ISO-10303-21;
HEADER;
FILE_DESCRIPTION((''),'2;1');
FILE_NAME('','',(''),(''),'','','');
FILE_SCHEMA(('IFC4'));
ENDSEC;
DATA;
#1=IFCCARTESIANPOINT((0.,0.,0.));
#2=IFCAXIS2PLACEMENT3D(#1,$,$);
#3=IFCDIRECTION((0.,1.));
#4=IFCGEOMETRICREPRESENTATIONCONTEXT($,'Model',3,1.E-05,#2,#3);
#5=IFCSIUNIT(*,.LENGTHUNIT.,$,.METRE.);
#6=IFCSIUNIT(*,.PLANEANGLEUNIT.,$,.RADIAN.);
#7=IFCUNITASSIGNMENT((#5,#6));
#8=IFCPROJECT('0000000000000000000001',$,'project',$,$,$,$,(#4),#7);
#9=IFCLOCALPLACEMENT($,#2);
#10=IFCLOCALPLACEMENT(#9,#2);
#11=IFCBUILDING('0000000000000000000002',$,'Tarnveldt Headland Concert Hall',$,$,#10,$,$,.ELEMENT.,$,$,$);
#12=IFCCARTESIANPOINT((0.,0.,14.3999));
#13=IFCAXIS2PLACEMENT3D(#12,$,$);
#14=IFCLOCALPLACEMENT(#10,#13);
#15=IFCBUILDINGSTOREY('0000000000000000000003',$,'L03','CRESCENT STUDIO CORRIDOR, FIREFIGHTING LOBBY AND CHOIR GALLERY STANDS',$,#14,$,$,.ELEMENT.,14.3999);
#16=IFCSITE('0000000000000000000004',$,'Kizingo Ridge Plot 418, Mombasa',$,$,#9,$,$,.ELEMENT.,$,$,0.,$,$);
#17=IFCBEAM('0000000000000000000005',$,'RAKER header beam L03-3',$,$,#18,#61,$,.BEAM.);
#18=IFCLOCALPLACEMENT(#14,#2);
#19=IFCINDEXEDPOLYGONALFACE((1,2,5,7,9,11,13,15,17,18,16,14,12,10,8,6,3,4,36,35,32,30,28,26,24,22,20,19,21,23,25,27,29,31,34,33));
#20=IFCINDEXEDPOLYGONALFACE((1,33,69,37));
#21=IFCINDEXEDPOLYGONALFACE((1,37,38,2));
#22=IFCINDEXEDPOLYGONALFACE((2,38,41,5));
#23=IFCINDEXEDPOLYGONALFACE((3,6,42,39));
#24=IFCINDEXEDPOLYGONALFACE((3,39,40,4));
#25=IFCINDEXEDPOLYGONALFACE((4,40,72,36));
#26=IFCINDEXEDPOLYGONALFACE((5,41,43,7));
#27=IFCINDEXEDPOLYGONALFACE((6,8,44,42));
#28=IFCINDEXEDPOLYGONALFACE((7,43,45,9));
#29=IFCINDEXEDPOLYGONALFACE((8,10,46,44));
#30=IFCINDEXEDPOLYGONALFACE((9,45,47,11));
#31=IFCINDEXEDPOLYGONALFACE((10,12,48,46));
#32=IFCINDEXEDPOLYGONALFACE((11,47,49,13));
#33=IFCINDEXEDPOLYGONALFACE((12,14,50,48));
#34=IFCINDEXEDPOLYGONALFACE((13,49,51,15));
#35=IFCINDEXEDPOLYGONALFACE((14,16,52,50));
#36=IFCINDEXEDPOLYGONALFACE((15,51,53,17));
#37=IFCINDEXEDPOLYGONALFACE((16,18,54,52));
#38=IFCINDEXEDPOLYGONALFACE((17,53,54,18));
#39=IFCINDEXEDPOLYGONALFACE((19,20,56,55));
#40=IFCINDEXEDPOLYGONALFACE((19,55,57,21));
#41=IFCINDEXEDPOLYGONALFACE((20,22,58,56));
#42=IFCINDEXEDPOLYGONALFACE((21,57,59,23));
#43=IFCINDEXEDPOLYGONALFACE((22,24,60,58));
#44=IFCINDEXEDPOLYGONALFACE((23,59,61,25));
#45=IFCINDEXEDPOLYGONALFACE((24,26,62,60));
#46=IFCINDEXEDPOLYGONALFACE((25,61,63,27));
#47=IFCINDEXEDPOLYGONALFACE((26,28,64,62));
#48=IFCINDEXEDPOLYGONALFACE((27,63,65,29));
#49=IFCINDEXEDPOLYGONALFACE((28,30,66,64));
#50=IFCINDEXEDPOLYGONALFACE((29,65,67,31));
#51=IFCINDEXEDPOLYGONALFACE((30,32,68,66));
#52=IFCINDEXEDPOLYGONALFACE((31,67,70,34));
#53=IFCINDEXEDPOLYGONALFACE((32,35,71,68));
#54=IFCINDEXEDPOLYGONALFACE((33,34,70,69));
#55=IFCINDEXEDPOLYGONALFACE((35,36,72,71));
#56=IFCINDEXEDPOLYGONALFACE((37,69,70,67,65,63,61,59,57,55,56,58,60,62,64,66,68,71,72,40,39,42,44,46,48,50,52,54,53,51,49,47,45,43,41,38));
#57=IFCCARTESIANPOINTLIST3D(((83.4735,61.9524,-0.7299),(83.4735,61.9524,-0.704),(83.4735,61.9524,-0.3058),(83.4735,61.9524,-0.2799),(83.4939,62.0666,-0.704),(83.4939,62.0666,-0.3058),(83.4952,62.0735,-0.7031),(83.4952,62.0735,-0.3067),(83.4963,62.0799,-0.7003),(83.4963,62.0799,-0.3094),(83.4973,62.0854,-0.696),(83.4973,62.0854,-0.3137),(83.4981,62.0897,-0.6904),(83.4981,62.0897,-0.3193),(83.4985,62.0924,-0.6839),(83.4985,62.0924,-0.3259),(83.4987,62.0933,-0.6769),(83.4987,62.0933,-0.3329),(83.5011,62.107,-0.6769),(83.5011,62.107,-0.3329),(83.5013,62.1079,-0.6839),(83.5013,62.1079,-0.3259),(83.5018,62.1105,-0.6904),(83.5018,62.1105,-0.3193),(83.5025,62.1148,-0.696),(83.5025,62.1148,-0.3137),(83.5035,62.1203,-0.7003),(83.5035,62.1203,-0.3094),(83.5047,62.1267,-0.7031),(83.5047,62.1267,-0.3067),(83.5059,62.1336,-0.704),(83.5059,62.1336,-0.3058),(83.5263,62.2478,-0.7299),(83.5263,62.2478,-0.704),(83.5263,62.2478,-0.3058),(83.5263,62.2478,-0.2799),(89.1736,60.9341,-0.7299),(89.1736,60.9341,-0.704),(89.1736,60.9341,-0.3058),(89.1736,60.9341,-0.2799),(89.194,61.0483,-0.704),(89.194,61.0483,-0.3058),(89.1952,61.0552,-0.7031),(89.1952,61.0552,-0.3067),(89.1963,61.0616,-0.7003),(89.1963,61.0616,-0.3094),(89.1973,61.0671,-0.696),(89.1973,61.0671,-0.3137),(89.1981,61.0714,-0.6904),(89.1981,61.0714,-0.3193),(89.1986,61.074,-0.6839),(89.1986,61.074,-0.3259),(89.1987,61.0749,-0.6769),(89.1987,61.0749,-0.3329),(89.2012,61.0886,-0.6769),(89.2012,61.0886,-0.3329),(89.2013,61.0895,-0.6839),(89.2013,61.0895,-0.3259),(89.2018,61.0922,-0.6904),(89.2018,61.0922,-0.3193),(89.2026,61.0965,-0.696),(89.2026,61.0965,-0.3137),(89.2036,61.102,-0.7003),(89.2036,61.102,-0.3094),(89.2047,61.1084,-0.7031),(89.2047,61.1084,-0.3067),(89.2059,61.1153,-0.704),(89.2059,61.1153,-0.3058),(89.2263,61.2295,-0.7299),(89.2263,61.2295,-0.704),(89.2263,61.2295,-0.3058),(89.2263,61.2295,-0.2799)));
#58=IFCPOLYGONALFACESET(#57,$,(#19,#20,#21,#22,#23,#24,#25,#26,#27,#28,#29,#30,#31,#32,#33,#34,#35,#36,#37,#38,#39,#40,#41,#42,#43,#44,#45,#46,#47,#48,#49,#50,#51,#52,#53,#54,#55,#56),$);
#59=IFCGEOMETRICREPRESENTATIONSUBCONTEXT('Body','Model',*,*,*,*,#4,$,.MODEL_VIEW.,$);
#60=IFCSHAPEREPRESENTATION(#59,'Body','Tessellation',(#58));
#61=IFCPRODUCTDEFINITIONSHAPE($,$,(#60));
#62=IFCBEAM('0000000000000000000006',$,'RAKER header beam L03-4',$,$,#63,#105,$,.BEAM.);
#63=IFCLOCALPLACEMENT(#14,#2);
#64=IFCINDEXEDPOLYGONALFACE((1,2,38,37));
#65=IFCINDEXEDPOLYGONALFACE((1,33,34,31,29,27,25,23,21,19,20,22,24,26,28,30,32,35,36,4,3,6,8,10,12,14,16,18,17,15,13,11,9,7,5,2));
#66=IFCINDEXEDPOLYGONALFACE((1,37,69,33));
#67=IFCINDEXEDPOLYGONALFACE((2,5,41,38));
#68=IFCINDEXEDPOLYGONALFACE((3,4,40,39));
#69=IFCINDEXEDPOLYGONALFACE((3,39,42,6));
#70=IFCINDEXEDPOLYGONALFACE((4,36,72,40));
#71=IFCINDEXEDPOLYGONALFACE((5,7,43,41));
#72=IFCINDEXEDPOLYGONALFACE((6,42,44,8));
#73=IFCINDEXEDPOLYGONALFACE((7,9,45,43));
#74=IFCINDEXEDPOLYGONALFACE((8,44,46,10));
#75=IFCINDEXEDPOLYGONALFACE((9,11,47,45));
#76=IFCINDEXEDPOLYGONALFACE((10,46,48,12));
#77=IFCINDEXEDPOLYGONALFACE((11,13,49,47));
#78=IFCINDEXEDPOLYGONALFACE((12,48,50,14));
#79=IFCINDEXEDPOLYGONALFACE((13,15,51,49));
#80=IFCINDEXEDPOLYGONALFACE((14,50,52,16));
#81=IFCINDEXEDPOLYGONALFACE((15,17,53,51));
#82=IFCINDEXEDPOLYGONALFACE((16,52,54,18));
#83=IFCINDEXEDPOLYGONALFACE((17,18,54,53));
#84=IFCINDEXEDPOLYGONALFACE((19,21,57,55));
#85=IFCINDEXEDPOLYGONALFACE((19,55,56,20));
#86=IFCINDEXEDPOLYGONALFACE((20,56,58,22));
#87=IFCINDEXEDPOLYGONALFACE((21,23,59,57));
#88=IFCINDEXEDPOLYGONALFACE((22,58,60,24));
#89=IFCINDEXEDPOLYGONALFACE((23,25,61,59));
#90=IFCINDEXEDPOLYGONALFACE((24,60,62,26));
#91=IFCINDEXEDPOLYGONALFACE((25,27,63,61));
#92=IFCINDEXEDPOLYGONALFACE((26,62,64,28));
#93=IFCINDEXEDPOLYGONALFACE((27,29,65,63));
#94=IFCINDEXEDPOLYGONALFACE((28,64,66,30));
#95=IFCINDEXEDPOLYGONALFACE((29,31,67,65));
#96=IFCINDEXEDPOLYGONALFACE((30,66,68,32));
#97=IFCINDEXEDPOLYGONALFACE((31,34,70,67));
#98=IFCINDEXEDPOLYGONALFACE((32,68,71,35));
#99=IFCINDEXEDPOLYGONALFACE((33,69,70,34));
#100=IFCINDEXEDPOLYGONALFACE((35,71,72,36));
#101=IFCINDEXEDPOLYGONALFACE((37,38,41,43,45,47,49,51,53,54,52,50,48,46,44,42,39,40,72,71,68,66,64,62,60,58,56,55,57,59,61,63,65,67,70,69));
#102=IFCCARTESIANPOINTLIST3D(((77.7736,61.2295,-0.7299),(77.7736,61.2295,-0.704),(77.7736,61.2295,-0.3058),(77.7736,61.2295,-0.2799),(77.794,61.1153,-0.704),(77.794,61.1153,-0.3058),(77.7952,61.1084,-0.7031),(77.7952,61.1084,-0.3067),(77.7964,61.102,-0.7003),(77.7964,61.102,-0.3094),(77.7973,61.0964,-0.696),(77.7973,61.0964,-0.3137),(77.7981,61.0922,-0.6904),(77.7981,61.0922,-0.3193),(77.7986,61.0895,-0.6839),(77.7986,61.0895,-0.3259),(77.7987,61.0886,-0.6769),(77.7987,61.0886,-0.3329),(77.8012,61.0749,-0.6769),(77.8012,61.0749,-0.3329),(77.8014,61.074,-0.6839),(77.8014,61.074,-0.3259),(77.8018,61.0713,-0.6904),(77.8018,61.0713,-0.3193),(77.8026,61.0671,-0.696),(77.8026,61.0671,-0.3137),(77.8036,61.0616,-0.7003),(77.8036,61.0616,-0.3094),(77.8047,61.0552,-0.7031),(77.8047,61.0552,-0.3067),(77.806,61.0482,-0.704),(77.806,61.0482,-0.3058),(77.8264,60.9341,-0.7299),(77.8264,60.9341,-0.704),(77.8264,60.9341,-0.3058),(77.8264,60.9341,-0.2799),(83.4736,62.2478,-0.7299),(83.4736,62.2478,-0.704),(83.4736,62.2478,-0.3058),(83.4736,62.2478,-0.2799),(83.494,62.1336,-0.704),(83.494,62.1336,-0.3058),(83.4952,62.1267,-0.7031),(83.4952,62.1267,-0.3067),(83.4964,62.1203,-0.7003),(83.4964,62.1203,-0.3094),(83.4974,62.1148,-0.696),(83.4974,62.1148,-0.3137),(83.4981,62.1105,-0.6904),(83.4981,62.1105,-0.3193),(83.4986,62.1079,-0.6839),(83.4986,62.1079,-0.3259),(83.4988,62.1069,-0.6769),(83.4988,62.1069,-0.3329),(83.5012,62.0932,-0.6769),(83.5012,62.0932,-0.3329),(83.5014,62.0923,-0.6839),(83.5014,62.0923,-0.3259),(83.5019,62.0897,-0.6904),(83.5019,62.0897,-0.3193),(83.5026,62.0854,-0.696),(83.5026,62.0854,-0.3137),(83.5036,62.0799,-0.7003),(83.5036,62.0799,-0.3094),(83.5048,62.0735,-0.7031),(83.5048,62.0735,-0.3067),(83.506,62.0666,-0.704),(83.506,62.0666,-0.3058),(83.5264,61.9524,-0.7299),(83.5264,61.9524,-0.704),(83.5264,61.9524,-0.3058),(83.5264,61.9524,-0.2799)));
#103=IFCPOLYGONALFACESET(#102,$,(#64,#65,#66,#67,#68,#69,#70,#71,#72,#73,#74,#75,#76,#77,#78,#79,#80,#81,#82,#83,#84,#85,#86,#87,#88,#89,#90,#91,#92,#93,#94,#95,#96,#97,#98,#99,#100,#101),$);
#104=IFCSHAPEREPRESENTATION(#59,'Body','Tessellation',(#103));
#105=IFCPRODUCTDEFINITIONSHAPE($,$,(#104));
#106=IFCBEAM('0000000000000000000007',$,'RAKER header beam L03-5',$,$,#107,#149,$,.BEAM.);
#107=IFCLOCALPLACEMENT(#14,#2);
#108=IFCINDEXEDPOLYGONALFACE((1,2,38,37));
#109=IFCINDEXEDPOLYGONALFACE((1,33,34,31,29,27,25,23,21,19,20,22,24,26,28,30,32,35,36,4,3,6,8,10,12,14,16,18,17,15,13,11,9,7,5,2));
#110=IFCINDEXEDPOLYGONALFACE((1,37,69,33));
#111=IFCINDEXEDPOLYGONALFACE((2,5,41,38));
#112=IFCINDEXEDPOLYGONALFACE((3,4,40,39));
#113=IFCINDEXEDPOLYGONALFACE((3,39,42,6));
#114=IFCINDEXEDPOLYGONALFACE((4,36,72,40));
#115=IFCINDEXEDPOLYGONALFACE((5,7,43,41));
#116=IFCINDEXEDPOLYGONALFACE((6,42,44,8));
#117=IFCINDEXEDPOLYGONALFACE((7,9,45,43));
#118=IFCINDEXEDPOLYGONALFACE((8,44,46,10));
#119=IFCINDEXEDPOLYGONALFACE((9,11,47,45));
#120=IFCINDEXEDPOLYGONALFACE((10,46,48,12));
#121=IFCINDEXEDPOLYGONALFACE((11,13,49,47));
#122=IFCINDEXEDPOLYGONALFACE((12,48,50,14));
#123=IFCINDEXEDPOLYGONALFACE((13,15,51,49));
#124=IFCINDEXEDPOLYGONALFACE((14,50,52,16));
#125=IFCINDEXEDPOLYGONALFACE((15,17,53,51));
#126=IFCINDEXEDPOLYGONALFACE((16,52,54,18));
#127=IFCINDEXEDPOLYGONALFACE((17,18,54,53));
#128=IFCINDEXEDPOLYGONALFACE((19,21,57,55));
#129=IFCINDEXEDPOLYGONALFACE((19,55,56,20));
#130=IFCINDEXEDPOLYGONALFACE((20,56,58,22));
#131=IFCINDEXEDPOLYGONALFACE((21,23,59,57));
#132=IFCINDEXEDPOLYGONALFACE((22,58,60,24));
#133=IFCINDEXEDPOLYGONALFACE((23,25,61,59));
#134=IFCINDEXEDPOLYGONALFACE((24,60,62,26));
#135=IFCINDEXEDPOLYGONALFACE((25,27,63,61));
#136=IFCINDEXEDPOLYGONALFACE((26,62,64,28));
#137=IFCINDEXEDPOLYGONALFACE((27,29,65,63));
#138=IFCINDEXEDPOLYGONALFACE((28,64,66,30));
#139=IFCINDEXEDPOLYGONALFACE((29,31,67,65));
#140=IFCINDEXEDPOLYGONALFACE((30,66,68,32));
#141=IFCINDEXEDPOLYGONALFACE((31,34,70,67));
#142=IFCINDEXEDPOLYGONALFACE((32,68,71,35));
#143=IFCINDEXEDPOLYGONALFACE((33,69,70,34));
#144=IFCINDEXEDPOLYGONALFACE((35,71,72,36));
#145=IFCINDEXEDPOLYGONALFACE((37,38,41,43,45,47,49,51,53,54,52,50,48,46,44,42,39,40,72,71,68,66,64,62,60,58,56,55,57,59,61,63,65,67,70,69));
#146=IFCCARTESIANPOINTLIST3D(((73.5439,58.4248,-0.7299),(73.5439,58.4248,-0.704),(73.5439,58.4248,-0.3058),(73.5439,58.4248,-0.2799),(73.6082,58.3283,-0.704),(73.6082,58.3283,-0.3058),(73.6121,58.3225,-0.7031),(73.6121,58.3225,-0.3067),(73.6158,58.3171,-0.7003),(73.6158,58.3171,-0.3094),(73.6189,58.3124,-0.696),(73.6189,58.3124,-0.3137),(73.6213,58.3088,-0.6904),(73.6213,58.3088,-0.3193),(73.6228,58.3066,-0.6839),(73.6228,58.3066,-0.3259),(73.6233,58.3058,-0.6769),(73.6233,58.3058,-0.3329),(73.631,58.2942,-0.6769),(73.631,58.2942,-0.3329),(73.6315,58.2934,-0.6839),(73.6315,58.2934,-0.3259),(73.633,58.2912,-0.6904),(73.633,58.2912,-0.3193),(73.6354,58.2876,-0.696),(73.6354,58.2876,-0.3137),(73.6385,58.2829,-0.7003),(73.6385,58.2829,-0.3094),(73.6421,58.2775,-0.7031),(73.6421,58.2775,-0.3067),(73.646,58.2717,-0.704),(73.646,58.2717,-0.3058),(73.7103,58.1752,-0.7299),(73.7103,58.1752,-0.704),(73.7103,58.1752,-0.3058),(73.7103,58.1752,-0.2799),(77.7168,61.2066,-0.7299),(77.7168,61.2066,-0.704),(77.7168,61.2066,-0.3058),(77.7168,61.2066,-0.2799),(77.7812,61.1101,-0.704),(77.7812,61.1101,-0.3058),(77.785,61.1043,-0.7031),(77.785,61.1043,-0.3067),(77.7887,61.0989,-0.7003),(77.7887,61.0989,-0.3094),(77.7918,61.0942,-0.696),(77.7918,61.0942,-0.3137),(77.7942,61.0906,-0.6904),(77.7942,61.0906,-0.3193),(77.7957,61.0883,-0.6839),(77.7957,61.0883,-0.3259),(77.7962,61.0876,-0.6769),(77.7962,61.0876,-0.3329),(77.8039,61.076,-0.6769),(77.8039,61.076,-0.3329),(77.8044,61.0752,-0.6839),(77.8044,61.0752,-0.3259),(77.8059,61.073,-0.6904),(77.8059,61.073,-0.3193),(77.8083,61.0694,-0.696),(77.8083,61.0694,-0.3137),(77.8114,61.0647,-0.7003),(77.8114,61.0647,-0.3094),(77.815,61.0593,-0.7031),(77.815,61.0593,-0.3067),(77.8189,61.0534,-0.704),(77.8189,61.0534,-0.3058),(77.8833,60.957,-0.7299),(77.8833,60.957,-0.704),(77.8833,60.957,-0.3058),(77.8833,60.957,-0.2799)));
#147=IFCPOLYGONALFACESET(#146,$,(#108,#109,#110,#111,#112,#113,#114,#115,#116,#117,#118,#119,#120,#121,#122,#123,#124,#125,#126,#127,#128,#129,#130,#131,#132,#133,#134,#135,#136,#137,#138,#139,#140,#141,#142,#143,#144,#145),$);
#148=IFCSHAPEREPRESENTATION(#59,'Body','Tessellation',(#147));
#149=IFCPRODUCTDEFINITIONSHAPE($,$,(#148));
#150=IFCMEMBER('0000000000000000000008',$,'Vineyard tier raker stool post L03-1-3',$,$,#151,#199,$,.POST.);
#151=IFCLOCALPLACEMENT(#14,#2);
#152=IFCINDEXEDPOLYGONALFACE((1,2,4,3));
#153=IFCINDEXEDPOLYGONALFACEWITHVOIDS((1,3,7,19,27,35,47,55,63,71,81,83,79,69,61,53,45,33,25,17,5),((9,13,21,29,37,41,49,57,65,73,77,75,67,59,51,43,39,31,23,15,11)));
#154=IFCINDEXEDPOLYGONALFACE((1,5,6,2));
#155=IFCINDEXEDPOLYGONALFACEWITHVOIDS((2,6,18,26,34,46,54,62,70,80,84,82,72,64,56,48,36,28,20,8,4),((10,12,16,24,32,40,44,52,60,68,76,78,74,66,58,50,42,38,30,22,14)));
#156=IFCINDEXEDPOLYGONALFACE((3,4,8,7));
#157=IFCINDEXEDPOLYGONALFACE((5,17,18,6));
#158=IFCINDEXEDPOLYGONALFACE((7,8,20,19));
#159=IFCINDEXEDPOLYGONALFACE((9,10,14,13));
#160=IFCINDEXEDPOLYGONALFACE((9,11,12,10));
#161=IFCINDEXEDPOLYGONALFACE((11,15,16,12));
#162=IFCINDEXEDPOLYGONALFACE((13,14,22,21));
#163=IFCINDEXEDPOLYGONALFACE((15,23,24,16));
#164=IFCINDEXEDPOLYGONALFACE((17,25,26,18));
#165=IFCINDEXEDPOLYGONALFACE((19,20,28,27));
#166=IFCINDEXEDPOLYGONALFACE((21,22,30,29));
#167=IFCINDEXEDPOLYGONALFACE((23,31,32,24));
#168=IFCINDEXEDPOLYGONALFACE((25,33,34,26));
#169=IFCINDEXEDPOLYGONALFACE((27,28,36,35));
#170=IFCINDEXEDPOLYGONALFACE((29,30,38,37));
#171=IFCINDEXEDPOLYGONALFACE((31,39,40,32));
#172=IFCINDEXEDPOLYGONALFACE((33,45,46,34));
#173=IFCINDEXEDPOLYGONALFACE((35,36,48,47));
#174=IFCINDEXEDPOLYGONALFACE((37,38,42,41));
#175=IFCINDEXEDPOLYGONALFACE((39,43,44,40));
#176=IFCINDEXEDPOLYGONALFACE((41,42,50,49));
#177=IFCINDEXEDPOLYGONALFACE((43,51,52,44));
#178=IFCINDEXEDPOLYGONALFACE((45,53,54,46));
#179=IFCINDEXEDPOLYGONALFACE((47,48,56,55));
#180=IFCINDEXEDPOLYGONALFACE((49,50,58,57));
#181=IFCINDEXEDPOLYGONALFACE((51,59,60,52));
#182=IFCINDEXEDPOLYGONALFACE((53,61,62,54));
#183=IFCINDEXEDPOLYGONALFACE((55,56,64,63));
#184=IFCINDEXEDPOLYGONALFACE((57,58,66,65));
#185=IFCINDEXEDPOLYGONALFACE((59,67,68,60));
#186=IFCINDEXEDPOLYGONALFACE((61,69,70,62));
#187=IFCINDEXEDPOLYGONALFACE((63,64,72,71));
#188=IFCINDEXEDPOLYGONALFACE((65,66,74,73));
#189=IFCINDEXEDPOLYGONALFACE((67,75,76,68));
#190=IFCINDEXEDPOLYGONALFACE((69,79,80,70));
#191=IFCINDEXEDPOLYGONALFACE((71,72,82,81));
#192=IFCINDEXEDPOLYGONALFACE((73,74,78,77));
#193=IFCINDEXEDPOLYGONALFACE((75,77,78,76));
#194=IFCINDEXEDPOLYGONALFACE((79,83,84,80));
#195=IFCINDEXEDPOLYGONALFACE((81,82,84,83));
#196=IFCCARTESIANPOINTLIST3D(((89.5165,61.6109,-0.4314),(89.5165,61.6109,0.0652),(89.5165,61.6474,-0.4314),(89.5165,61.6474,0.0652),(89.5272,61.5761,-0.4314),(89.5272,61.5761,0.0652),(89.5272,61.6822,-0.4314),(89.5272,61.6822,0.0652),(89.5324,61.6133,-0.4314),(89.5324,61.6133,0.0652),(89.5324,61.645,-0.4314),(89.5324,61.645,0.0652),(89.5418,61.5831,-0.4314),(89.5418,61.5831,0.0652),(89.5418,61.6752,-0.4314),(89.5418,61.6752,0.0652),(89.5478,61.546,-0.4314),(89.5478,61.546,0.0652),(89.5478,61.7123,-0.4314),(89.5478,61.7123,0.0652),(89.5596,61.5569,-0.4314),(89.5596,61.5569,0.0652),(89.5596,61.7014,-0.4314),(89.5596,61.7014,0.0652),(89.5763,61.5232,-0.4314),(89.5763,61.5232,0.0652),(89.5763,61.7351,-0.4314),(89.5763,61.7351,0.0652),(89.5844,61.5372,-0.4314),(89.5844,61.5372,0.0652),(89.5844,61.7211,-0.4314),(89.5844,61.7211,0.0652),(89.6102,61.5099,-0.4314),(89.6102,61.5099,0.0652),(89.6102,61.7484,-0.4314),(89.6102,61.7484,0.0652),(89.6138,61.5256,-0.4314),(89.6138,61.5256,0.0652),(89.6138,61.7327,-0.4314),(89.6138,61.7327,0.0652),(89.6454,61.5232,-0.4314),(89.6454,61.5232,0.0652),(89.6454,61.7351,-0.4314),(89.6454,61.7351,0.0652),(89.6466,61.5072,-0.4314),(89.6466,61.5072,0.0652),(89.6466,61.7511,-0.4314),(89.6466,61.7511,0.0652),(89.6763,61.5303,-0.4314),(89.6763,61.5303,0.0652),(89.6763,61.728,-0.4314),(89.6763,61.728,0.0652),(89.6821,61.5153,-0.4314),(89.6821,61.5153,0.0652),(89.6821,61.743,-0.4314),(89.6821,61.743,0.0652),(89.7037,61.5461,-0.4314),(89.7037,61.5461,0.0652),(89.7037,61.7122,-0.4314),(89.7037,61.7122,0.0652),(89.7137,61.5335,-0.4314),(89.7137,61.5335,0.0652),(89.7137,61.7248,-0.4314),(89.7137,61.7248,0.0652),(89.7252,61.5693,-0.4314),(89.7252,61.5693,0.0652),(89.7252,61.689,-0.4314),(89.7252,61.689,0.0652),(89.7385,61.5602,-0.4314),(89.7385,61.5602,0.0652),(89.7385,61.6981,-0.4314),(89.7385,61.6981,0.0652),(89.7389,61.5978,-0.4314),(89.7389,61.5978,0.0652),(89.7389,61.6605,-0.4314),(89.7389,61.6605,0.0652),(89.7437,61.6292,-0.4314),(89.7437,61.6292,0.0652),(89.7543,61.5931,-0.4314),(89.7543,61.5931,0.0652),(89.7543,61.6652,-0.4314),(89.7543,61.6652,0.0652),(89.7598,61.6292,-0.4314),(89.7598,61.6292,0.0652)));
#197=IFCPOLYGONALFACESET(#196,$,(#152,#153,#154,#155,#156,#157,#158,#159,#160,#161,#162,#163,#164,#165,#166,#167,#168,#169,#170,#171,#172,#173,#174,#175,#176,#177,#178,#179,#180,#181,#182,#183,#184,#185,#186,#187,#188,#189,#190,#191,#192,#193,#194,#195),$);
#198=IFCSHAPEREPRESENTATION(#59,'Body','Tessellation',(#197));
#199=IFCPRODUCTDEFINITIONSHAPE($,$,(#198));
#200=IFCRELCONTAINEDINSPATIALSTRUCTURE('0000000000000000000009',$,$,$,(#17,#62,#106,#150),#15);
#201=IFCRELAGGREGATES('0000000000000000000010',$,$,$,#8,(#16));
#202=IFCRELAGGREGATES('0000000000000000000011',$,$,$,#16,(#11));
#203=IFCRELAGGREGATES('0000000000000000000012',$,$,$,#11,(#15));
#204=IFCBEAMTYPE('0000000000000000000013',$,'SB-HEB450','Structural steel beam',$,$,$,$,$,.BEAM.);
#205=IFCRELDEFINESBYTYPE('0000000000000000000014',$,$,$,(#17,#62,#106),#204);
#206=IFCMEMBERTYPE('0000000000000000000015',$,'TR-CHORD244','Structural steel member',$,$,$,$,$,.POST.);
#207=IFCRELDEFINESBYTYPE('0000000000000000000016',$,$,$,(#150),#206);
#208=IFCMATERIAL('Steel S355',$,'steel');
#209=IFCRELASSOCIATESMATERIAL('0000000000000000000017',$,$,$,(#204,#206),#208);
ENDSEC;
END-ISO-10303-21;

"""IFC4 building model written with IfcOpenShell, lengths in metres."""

from ifc_helpers import new_model, si_unit, direction, frame, origin, origin_2d, place, context, subcontext, project, spatial, hollow_circle, i_section, extrude, material, material_profile, profile_set, type_object, element, save


model = new_model("IFC4")

# Units and contexts
model_context = context("Model", 3, precision=1e-05, world=origin(), true_north=direction((0.0, 1.0)))
body_context = subcontext(model_context, "Body", "Model", "MODEL_VIEW")
ifc_project = project(units=[si_unit("LENGTHUNIT", "METRE"), si_unit("PLANEANGLEUNIT", "RADIAN")], contexts=[model_context])

# Site, building, storey
site_placement = place(None, origin())
site = spatial("IfcSite", under=ifc_project, at=site_placement, Name="Kizingo Ridge Plot 418, Mombasa", CompositionType="ELEMENT", RefElevation=0.0)
building_placement = place(site_placement, origin())
building = spatial("IfcBuilding", under=site, at=building_placement, Name="Tarnveldt Headland Concert Hall", CompositionType="ELEMENT")
storey_placement = place(building_placement, frame((0.0, 0.0, 14.3999)))
storey = spatial("IfcBuildingStorey", under=building, at=storey_placement, Name="L03", Description="CRESCENT STUDIO CORRIDOR, FIREFIGHTING LOBBY AND CHOIR GALLERY STANDS", CompositionType="ELEMENT", Elevation=14.3999)

# Beams
ifc_material_1 = material(Name="Steel S355", Category="steel")
ifc_material_profile_1 = material_profile(ifc_material_1, i_section(OverallWidth=0.3, OverallDepth=0.45, WebThickness=0.0139, FlangeThickness=0.0259, FilletRadius=0.0271, at=origin_2d()), Name="HEB450", Category="steel")
ifc_profile_set_1 = profile_set([ifc_material_profile_1], Name="Steel S355")
beam_type = type_object("IfcBeamType", Name="SB-HEB450", Description="Structural steel beam", PredefinedType="BEAM", material=ifc_profile_set_1)
for number, where, z_axis, x_axis, name in (
    (1, (89.2, 61.0818, -0.5049), (-0.984414, 0.175868, 0.0), (-0.175868, -0.984414, 0.0), "RAKER header beam L03-3"),
    (2, (83.5, 62.1001, -0.5049), (-0.984414, -0.175868, 0.0), (0.175868, -0.984414, 0.0), "RAKER header beam L03-4"),
):
    element("IfcBeam", number, at=place(storey_placement, frame(where, z_axis=z_axis, x_axis=x_axis)), inside=storey, type_object=beam_type, Name=name, PredefinedType="BEAM", context=body_context, shape_type="SweptSolid", body=[
        extrude(i_section(OverallWidth=0.3, OverallDepth=0.45, WebThickness=0.0139, FlangeThickness=0.0259, FilletRadius=0.0271, at=origin_2d()), origin(), (0.0, 0.0, 1.0), 5.7903),
    ])
beam_placement = place(storey_placement, frame((77.8, 61.0818, -0.5049), z_axis=(-0.832065, -0.554678, 0.0), x_axis=(0.554678, -0.832065, 0.0)))
element("IfcBeam", 3, at=beam_placement, inside=storey, type_object=beam_type, Name="RAKER header beam L03-5", PredefinedType="BEAM", context=body_context, shape_type="SweptSolid", body=[
    extrude(i_section(OverallWidth=0.3, OverallDepth=0.45, WebThickness=0.0139, FlangeThickness=0.0259, FilletRadius=0.0271, at=origin_2d()), origin(), (0.0, 0.0, 1.0), 5.0151),
])

# Member
ifc_material_profile_2 = material_profile(ifc_material_1, hollow_circle(Radius=0.1223, WallThickness=0.0161, at=origin_2d()), Name="CHS 244.5x16", Category="steel")
ifc_profile_set_2 = profile_set([ifc_material_profile_2], Name="Steel S355")
member_type = type_object("IfcMemberType", Name="TR-CHORD244", Description="Structural steel member", PredefinedType="POST", material=ifc_profile_set_2)
for number, where, z_axis, x_axis, name in (
    (4, (89.6375, 61.6292, -0.4314), (0.0, 0.0, 1.0), (1.0, 0.0, 0.0), "Vineyard tier raker stool post L03-1-3"),
):
    element("IfcMember", number, at=place(storey_placement, frame(where, z_axis=z_axis, x_axis=x_axis)), inside=storey, type_object=member_type, Name=name, PredefinedType="POST", context=body_context, shape_type="SweptSolid", body=[
        extrude(hollow_circle(Radius=0.1223, WallThickness=0.0161, at=origin_2d()), origin(), (0.0, 0.0, 1.0), 0.4966),
    ])

save(model, "model.ifc")
